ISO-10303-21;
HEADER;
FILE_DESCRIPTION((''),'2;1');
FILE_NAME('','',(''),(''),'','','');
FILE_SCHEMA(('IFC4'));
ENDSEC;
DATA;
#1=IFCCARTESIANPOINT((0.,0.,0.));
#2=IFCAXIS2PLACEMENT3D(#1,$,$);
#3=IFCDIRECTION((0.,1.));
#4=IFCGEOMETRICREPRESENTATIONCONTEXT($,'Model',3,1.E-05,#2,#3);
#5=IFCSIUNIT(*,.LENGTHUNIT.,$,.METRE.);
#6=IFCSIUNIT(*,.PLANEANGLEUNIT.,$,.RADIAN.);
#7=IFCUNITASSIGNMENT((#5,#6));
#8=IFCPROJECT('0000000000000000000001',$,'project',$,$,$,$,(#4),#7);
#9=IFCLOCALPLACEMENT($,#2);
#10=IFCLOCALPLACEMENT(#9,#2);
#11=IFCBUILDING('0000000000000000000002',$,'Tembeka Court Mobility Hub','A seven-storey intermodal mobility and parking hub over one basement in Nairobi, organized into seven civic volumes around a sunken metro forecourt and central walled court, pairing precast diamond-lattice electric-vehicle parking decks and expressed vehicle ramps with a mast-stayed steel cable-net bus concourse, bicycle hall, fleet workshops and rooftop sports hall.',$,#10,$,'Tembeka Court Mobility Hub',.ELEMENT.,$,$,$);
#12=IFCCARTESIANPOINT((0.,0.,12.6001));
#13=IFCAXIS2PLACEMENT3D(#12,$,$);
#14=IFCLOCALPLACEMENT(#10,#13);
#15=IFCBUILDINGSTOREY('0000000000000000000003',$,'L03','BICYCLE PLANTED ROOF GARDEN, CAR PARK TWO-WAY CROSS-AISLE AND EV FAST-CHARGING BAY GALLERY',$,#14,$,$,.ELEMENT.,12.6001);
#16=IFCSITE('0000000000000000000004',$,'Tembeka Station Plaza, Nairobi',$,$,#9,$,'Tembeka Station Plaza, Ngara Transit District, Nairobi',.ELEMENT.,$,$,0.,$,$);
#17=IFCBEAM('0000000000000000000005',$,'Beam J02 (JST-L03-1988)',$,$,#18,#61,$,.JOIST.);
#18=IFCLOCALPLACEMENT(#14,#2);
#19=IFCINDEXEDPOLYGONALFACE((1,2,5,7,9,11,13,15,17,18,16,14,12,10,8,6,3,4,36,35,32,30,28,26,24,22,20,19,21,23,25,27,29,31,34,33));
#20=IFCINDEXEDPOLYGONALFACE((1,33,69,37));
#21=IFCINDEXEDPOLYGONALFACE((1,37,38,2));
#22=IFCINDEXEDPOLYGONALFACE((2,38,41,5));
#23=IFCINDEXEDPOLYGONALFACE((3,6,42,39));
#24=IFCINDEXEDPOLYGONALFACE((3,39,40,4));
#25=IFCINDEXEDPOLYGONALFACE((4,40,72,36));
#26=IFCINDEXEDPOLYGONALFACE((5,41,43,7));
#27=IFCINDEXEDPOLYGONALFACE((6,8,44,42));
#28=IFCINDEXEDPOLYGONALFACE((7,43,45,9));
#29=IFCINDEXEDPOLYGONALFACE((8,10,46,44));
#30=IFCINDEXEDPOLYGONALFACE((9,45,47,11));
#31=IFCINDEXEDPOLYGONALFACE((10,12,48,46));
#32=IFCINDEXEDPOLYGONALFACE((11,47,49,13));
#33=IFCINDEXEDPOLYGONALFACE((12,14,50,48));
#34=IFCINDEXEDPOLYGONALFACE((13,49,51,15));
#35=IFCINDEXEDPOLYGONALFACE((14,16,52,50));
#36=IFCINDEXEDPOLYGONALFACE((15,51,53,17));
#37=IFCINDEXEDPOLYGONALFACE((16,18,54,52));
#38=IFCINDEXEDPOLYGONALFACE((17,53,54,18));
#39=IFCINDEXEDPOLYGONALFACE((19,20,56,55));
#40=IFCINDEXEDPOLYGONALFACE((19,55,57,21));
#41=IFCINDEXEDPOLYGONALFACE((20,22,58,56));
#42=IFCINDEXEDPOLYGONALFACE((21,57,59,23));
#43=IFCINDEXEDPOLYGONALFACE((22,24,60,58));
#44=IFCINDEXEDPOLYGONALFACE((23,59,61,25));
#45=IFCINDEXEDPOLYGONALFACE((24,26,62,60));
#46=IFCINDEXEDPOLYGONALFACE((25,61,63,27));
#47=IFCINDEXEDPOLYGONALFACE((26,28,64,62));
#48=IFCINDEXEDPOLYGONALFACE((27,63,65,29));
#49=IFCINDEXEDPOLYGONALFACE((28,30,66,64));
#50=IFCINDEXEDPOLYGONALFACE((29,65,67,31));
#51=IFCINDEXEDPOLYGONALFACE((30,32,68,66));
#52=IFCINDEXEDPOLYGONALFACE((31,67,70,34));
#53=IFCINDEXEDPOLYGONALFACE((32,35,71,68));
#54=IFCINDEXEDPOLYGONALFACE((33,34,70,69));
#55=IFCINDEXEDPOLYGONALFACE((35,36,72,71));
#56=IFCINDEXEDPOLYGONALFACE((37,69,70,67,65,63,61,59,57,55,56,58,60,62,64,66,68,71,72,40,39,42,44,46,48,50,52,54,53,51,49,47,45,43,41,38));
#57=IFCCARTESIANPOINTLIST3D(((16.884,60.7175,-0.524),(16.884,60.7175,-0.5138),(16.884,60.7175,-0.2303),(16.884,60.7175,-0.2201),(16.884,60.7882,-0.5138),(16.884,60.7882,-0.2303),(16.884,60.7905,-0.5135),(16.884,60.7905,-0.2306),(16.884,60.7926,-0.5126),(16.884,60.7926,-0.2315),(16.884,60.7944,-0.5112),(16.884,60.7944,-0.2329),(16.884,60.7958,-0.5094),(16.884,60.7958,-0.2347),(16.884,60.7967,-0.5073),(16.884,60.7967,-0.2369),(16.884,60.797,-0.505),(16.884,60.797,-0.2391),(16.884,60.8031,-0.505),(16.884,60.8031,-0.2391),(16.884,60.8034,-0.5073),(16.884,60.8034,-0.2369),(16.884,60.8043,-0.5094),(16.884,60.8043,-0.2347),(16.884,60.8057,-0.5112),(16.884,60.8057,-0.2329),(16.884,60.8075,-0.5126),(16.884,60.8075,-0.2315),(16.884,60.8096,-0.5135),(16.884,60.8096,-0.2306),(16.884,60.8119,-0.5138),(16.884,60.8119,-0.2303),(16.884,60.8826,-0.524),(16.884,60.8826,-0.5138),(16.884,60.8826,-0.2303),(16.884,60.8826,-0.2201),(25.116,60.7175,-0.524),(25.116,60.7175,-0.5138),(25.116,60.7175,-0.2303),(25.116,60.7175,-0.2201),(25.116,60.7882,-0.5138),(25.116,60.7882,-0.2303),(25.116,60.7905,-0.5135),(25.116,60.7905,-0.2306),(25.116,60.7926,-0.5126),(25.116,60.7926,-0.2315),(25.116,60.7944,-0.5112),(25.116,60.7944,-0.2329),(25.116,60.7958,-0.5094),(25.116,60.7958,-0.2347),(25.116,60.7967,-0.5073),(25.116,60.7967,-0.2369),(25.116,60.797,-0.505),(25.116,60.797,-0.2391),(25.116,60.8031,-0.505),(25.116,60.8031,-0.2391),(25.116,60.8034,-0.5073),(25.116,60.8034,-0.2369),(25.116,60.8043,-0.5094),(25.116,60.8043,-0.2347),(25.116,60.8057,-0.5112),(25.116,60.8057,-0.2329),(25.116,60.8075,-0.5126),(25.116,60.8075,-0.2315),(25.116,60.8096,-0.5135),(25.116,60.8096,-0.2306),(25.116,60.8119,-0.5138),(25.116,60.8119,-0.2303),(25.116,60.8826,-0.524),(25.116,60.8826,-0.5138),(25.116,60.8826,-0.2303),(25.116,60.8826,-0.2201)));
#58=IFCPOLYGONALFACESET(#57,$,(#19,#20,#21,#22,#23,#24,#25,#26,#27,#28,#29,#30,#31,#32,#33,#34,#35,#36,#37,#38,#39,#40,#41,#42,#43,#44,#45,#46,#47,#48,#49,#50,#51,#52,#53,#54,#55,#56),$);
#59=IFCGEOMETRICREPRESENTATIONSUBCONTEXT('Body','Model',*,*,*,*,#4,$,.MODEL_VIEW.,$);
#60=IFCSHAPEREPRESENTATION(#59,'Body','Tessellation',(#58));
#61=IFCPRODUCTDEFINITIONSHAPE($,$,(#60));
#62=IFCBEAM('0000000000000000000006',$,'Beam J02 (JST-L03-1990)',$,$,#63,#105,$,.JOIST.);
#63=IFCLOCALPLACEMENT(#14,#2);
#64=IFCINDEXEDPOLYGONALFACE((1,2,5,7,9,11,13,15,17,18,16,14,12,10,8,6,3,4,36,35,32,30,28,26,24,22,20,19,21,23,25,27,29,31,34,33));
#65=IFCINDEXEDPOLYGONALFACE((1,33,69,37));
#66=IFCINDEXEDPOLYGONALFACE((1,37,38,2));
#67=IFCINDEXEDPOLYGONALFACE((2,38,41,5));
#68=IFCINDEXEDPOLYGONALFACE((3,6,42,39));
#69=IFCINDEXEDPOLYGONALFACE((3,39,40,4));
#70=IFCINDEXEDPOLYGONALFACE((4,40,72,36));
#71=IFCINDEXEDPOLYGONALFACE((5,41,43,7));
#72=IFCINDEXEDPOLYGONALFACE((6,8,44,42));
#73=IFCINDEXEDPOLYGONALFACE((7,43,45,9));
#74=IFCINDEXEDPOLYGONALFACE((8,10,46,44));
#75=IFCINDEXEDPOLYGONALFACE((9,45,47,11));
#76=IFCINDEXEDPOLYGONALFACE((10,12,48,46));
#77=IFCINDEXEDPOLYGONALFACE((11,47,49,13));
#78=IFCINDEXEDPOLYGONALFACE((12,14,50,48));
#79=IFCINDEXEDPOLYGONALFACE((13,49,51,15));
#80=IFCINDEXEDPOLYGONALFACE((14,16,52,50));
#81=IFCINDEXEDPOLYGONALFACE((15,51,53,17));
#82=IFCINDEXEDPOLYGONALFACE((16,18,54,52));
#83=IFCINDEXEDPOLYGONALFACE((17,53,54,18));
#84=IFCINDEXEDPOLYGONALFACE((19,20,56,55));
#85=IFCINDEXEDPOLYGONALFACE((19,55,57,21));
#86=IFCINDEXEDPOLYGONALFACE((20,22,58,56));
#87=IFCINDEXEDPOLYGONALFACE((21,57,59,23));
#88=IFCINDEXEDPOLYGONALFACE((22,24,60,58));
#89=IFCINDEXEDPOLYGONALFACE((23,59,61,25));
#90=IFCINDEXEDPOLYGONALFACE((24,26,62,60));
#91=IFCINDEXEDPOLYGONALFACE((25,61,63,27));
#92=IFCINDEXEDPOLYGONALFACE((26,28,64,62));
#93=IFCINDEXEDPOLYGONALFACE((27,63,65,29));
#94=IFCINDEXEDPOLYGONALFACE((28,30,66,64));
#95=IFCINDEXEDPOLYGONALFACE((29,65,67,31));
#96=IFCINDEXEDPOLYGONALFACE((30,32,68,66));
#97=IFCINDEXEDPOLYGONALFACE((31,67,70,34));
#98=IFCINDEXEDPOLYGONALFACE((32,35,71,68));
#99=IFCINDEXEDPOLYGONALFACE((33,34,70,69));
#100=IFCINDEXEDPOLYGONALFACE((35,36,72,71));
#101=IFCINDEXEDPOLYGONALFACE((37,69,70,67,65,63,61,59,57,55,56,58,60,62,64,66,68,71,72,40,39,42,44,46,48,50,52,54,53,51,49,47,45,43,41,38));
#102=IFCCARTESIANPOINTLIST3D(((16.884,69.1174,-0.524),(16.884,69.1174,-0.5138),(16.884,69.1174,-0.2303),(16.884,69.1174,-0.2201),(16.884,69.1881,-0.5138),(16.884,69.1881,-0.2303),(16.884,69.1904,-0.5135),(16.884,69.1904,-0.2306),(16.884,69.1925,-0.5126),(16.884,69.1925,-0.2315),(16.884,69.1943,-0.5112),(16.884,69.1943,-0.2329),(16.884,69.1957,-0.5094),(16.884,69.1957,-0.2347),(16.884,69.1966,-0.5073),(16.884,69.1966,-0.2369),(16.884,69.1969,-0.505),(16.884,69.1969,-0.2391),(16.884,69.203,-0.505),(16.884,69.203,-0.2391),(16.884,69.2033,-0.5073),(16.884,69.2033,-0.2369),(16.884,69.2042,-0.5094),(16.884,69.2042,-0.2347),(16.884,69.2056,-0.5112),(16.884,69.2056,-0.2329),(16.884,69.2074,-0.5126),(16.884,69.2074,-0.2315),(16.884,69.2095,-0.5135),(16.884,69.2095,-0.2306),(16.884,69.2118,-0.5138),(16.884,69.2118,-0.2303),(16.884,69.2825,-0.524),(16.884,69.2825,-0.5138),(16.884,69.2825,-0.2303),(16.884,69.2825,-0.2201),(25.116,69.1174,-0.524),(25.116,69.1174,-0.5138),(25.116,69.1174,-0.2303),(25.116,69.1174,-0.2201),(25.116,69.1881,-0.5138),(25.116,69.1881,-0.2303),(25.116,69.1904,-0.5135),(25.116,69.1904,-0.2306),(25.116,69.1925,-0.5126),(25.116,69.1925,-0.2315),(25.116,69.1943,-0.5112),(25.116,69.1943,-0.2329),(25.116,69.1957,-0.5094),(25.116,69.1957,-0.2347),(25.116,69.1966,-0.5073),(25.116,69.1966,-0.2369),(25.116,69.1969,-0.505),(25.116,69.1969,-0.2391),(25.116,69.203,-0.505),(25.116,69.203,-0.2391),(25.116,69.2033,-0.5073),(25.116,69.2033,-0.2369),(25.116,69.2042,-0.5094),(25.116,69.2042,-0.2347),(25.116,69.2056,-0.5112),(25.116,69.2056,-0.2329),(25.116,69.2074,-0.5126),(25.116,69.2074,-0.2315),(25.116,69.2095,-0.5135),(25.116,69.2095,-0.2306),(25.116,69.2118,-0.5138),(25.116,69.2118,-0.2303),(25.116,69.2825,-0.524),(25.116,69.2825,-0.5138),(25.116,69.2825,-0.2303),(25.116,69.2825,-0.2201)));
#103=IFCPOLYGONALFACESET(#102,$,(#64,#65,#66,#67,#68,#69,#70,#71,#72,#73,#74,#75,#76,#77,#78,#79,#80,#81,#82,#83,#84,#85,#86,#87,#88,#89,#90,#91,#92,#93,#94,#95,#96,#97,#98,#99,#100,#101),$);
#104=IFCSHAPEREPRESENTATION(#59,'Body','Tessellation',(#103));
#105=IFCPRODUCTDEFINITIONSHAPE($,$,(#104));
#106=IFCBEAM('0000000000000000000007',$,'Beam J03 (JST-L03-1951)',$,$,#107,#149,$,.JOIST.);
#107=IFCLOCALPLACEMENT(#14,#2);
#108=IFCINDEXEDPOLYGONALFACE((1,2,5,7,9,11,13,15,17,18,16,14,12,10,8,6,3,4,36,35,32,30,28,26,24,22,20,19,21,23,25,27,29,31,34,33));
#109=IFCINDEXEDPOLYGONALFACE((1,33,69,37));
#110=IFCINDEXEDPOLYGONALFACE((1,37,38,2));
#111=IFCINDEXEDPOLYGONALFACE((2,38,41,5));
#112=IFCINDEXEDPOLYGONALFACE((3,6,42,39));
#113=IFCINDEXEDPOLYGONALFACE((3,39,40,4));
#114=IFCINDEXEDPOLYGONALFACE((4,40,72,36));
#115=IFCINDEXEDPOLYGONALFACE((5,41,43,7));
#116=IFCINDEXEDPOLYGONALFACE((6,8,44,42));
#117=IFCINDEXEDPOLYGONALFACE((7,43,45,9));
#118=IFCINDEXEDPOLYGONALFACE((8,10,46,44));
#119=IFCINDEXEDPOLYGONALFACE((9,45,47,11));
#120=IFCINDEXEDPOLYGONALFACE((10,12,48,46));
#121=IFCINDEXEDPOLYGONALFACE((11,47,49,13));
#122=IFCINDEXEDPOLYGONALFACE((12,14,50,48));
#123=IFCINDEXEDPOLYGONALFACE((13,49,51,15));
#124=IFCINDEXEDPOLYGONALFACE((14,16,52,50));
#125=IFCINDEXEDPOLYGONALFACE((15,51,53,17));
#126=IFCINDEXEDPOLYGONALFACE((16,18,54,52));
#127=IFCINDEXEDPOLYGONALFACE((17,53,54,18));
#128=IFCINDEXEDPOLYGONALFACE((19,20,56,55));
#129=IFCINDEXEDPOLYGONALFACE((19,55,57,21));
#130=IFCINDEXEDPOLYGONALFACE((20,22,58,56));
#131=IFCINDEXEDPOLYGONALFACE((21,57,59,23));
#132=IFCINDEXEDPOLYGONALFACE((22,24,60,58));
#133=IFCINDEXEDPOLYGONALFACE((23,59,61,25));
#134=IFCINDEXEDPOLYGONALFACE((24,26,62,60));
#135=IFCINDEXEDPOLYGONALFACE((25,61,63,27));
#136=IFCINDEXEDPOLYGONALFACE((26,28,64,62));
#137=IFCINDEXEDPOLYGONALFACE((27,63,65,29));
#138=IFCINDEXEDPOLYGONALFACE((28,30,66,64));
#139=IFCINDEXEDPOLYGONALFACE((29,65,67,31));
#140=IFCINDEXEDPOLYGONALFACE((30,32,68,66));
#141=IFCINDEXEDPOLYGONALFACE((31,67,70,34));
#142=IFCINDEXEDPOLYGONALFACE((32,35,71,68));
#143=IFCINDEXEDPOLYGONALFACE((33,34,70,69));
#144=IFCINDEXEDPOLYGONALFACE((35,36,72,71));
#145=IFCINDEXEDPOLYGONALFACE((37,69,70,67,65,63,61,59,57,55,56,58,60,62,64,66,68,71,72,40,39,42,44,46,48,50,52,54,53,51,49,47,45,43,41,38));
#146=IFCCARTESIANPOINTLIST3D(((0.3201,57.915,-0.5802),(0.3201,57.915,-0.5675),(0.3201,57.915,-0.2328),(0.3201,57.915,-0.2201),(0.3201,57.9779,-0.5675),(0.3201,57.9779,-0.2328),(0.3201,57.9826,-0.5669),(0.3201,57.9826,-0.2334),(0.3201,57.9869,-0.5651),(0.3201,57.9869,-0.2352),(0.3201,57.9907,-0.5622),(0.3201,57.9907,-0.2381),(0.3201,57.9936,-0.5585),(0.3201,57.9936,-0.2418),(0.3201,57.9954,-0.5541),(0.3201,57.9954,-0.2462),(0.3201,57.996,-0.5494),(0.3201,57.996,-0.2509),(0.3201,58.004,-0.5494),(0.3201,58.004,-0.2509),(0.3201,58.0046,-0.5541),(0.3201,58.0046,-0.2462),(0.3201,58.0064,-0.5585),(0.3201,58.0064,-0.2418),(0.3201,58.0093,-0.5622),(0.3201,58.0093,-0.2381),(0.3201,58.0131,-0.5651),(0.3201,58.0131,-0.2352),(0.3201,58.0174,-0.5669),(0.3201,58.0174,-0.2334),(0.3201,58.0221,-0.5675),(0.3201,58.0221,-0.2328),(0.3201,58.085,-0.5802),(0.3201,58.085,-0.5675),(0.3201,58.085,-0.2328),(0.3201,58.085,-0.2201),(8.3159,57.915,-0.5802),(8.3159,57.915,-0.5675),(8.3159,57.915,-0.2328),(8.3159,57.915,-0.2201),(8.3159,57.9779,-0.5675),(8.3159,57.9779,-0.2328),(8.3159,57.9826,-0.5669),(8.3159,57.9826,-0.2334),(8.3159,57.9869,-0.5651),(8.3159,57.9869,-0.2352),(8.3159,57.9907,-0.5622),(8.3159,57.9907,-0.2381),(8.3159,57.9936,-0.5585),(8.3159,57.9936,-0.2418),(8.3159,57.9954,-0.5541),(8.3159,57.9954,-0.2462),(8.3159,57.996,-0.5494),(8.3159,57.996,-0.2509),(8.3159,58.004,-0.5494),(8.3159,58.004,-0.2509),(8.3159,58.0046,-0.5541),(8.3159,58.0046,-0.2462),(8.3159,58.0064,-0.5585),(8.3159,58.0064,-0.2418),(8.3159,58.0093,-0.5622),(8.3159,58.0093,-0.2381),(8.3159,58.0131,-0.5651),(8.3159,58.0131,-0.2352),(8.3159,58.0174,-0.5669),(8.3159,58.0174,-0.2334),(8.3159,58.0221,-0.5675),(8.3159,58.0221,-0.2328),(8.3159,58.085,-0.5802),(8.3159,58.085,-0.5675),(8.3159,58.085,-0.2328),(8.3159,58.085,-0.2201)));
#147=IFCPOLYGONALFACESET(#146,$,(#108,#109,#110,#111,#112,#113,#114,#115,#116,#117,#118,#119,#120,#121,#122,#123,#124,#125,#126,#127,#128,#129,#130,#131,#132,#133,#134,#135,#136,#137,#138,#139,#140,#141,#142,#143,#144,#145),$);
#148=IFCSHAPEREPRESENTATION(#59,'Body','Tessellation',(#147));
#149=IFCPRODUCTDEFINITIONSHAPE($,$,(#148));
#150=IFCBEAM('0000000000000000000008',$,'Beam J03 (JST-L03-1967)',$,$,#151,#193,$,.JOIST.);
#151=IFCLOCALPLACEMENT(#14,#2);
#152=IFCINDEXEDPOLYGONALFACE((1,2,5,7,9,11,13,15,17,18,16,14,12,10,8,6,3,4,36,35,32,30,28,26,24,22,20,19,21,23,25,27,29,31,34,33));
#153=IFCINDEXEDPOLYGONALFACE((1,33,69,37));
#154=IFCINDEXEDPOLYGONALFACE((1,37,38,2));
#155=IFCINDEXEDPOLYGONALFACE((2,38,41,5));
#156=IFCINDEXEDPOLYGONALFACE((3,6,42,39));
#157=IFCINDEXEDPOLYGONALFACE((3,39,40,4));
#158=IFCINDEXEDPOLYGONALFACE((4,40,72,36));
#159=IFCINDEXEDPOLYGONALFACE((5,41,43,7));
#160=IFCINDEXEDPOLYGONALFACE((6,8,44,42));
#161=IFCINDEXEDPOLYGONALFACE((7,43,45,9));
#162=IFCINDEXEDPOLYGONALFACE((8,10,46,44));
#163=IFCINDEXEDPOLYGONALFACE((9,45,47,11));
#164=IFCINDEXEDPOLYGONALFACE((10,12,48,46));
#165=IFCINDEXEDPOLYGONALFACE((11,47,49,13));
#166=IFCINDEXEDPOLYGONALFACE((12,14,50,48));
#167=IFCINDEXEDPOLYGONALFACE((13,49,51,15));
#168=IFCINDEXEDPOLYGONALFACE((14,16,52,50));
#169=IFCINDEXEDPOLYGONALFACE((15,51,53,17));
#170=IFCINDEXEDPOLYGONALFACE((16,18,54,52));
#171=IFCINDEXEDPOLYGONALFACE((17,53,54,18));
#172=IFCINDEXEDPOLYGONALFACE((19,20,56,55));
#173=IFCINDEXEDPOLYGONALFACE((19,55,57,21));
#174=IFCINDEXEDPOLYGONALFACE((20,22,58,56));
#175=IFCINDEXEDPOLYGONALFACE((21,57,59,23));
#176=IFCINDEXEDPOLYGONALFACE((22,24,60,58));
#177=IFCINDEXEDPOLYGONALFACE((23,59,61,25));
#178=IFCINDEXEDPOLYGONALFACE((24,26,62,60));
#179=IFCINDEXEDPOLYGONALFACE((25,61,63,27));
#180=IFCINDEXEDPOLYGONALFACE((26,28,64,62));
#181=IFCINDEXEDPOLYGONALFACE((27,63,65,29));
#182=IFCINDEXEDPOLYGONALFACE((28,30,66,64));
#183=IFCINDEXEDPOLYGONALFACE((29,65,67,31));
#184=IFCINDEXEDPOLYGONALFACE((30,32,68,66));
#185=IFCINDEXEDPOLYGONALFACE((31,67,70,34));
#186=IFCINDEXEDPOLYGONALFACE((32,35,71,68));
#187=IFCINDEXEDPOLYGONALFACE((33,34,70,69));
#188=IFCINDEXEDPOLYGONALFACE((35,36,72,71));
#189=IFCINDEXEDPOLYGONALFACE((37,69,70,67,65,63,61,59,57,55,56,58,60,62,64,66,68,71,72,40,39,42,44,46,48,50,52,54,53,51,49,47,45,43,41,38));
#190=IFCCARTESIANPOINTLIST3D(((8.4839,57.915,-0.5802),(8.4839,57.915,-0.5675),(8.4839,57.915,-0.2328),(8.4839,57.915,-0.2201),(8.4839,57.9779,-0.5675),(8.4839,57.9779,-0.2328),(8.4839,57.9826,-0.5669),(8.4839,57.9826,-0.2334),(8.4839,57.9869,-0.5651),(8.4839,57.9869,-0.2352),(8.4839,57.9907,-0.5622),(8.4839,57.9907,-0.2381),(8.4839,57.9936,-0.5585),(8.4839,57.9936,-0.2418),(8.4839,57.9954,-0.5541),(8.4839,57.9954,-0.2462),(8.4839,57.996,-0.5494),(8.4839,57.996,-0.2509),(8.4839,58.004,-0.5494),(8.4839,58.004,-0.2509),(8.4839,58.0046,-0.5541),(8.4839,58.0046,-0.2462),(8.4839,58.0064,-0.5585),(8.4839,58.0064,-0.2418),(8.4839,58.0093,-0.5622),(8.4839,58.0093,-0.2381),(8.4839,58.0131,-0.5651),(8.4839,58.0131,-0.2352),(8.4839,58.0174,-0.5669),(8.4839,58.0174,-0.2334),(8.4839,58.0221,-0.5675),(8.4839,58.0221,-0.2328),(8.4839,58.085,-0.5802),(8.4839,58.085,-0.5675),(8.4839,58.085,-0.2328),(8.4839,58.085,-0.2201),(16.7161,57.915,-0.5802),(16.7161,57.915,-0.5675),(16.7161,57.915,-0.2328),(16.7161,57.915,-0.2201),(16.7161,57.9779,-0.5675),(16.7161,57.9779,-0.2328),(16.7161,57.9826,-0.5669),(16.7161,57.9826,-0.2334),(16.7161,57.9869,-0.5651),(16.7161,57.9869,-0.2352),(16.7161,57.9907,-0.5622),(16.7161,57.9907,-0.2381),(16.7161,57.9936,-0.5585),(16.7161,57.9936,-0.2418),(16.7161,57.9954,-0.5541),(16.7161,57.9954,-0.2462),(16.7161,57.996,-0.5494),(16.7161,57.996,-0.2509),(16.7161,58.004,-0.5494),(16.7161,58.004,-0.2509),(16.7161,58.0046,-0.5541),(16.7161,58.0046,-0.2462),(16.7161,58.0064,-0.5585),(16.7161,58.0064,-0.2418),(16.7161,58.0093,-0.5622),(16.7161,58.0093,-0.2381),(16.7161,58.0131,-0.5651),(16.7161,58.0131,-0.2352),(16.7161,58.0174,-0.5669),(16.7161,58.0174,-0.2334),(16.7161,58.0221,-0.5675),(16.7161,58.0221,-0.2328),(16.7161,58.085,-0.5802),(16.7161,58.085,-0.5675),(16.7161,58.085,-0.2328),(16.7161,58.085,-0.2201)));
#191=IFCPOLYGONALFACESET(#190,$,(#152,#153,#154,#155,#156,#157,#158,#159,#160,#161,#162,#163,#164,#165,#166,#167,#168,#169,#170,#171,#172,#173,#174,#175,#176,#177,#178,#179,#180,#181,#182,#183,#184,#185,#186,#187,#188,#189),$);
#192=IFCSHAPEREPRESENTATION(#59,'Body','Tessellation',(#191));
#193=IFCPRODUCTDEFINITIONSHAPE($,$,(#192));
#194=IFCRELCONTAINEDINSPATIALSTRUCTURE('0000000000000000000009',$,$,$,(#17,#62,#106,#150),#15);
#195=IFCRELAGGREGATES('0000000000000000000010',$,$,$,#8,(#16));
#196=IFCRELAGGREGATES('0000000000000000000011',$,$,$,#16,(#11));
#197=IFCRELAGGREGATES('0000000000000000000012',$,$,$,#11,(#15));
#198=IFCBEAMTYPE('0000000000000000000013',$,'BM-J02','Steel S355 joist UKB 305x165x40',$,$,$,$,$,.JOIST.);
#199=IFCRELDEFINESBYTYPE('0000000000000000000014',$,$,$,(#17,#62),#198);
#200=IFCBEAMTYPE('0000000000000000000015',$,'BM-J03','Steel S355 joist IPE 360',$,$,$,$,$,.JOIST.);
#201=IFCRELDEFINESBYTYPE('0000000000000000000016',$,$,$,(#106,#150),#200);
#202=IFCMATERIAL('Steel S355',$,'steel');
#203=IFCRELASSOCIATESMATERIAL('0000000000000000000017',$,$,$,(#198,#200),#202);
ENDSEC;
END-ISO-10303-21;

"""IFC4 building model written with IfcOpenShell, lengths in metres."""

from ifc_helpers import new_model, si_unit, direction, frame, origin, origin_2d, place, context, subcontext, project, spatial, i_section, extrude, material, material_profile, profile_set, type_object, element, save


model = new_model("IFC4")

# Units and contexts
model_context = context("Model", 3, precision=1e-05, world=origin(), true_north=direction((0.0, 1.0)))
body_context = subcontext(model_context, "Body", "Model", "MODEL_VIEW")
ifc_project = project(units=[si_unit("LENGTHUNIT", "METRE"), si_unit("PLANEANGLEUNIT", "RADIAN")], contexts=[model_context])

# Site, building, storey
site_placement = place(None, origin())
site = spatial("IfcSite", under=ifc_project, at=site_placement, Name="Tembeka Station Plaza, Nairobi", LongName="Tembeka Station Plaza, Ngara Transit District, Nairobi", CompositionType="ELEMENT", RefElevation=0.0)
building_placement = place(site_placement, origin())
building = spatial("IfcBuilding", under=site, at=building_placement, Name="Tembeka Court Mobility Hub", Description="A seven-storey intermodal mobility and parking hub over one basement in Nairobi, organized into seven civic volumes around a sunken metro forecourt and central walled court, pairing precast diamond-lattice electric-vehicle parking decks and expressed vehicle ramps with a mast-stayed steel cable-net bus concourse, bicycle hall, fleet workshops and rooftop sports hall.", LongName="Tembeka Court Mobility Hub", CompositionType="ELEMENT")
storey_placement = place(building_placement, frame((0.0, 0.0, 12.6001)))
storey = spatial("IfcBuildingStorey", under=building, at=storey_placement, Name="L03", Description="BICYCLE PLANTED ROOF GARDEN, CAR PARK TWO-WAY CROSS-AISLE AND EV FAST-CHARGING BAY GALLERY", CompositionType="ELEMENT", Elevation=12.6001)

# Shared definitions
ifc_material_1 = material(Name="Steel S355", Category="steel")

# Beams
ifc_material_profile_1 = material_profile(ifc_material_1, i_section(OverallWidth=0.165, OverallDepth=0.304, WebThickness=0.0061, FlangeThickness=0.0103, FilletRadius=0.0088, at=origin_2d()), Name="UKB 305x165x40")
ifc_profile_set_1 = profile_set([ifc_material_profile_1], Name="Steel S355")
beam_type_1 = type_object("IfcBeamType", Name="BM-J02", Description="Steel S355 joist UKB 305x165x40", PredefinedType="JOIST", material=ifc_profile_set_1)
for number, where, z_axis, x_axis, name in (
    (1, (16.884, 60.8, -0.3721), (1.0, 0.0, 0.0), (0.0, 1.0, 0.0), "Beam J02 (JST-L03-1988)"),
    (2, (16.884, 69.2, -0.3721), (1.0, 0.0, 0.0), (0.0, 1.0, 0.0), "Beam J02 (JST-L03-1990)"),
):
    element("IfcBeam", number, at=place(storey_placement, frame(where, z_axis=z_axis, x_axis=x_axis)), inside=storey, type_object=beam_type_1, Name=name, PredefinedType="JOIST", context=body_context, shape_type="SweptSolid", body=[
        extrude(i_section(OverallWidth=0.165, OverallDepth=0.304, WebThickness=0.0061, FlangeThickness=0.0103, FilletRadius=0.0088, at=origin_2d()), origin(), (0.0, 0.0, 1.0), 8.2319),
    ])
ifc_material_profile_2 = material_profile(ifc_material_1, i_section(OverallWidth=0.1699, OverallDepth=0.3601, WebThickness=0.0081, FlangeThickness=0.0127, FilletRadius=0.0181, at=origin_2d()), Name="IPE 360")
ifc_profile_set_2 = profile_set([ifc_material_profile_2], Name="Steel S355")
beam_type_2 = type_object("IfcBeamType", Name="BM-J03", Description="Steel S355 joist IPE 360", PredefinedType="JOIST", material=ifc_profile_set_2)
beam_1_placement = place(storey_placement, frame((0.3201, 58.0, -0.4001), z_axis=(1.0, 0.0, 0.0), x_axis=(0.0, 1.0, 0.0)))
element("IfcBeam", 3, at=beam_1_placement, inside=storey, type_object=beam_type_2, Name="Beam J03 (JST-L03-1951)", PredefinedType="JOIST", context=body_context, shape_type="SweptSolid", body=[
    extrude(i_section(OverallWidth=0.1699, OverallDepth=0.3601, WebThickness=0.0081, FlangeThickness=0.0127, FilletRadius=0.0181, at=origin_2d()), origin(), (0.0, 0.0, 1.0), 7.9958),
])
for number, where, z_axis, x_axis, name in (
    (4, (8.4839, 58.0, -0.4001), (1.0, 0.0, 0.0), (0.0, 1.0, 0.0), "Beam J03 (JST-L03-1967)"),
):
    element("IfcBeam", number, at=place(storey_placement, frame(where, z_axis=z_axis, x_axis=x_axis)), inside=storey, type_object=beam_type_2, Name=name, PredefinedType="JOIST", context=body_context, shape_type="SweptSolid", body=[
        extrude(i_section(OverallWidth=0.1699, OverallDepth=0.3601, WebThickness=0.0081, FlangeThickness=0.0127, FilletRadius=0.0181, at=origin_2d()), origin(), (0.0, 0.0, 1.0), 8.2322),
    ])

save(model, "model.ifc")
